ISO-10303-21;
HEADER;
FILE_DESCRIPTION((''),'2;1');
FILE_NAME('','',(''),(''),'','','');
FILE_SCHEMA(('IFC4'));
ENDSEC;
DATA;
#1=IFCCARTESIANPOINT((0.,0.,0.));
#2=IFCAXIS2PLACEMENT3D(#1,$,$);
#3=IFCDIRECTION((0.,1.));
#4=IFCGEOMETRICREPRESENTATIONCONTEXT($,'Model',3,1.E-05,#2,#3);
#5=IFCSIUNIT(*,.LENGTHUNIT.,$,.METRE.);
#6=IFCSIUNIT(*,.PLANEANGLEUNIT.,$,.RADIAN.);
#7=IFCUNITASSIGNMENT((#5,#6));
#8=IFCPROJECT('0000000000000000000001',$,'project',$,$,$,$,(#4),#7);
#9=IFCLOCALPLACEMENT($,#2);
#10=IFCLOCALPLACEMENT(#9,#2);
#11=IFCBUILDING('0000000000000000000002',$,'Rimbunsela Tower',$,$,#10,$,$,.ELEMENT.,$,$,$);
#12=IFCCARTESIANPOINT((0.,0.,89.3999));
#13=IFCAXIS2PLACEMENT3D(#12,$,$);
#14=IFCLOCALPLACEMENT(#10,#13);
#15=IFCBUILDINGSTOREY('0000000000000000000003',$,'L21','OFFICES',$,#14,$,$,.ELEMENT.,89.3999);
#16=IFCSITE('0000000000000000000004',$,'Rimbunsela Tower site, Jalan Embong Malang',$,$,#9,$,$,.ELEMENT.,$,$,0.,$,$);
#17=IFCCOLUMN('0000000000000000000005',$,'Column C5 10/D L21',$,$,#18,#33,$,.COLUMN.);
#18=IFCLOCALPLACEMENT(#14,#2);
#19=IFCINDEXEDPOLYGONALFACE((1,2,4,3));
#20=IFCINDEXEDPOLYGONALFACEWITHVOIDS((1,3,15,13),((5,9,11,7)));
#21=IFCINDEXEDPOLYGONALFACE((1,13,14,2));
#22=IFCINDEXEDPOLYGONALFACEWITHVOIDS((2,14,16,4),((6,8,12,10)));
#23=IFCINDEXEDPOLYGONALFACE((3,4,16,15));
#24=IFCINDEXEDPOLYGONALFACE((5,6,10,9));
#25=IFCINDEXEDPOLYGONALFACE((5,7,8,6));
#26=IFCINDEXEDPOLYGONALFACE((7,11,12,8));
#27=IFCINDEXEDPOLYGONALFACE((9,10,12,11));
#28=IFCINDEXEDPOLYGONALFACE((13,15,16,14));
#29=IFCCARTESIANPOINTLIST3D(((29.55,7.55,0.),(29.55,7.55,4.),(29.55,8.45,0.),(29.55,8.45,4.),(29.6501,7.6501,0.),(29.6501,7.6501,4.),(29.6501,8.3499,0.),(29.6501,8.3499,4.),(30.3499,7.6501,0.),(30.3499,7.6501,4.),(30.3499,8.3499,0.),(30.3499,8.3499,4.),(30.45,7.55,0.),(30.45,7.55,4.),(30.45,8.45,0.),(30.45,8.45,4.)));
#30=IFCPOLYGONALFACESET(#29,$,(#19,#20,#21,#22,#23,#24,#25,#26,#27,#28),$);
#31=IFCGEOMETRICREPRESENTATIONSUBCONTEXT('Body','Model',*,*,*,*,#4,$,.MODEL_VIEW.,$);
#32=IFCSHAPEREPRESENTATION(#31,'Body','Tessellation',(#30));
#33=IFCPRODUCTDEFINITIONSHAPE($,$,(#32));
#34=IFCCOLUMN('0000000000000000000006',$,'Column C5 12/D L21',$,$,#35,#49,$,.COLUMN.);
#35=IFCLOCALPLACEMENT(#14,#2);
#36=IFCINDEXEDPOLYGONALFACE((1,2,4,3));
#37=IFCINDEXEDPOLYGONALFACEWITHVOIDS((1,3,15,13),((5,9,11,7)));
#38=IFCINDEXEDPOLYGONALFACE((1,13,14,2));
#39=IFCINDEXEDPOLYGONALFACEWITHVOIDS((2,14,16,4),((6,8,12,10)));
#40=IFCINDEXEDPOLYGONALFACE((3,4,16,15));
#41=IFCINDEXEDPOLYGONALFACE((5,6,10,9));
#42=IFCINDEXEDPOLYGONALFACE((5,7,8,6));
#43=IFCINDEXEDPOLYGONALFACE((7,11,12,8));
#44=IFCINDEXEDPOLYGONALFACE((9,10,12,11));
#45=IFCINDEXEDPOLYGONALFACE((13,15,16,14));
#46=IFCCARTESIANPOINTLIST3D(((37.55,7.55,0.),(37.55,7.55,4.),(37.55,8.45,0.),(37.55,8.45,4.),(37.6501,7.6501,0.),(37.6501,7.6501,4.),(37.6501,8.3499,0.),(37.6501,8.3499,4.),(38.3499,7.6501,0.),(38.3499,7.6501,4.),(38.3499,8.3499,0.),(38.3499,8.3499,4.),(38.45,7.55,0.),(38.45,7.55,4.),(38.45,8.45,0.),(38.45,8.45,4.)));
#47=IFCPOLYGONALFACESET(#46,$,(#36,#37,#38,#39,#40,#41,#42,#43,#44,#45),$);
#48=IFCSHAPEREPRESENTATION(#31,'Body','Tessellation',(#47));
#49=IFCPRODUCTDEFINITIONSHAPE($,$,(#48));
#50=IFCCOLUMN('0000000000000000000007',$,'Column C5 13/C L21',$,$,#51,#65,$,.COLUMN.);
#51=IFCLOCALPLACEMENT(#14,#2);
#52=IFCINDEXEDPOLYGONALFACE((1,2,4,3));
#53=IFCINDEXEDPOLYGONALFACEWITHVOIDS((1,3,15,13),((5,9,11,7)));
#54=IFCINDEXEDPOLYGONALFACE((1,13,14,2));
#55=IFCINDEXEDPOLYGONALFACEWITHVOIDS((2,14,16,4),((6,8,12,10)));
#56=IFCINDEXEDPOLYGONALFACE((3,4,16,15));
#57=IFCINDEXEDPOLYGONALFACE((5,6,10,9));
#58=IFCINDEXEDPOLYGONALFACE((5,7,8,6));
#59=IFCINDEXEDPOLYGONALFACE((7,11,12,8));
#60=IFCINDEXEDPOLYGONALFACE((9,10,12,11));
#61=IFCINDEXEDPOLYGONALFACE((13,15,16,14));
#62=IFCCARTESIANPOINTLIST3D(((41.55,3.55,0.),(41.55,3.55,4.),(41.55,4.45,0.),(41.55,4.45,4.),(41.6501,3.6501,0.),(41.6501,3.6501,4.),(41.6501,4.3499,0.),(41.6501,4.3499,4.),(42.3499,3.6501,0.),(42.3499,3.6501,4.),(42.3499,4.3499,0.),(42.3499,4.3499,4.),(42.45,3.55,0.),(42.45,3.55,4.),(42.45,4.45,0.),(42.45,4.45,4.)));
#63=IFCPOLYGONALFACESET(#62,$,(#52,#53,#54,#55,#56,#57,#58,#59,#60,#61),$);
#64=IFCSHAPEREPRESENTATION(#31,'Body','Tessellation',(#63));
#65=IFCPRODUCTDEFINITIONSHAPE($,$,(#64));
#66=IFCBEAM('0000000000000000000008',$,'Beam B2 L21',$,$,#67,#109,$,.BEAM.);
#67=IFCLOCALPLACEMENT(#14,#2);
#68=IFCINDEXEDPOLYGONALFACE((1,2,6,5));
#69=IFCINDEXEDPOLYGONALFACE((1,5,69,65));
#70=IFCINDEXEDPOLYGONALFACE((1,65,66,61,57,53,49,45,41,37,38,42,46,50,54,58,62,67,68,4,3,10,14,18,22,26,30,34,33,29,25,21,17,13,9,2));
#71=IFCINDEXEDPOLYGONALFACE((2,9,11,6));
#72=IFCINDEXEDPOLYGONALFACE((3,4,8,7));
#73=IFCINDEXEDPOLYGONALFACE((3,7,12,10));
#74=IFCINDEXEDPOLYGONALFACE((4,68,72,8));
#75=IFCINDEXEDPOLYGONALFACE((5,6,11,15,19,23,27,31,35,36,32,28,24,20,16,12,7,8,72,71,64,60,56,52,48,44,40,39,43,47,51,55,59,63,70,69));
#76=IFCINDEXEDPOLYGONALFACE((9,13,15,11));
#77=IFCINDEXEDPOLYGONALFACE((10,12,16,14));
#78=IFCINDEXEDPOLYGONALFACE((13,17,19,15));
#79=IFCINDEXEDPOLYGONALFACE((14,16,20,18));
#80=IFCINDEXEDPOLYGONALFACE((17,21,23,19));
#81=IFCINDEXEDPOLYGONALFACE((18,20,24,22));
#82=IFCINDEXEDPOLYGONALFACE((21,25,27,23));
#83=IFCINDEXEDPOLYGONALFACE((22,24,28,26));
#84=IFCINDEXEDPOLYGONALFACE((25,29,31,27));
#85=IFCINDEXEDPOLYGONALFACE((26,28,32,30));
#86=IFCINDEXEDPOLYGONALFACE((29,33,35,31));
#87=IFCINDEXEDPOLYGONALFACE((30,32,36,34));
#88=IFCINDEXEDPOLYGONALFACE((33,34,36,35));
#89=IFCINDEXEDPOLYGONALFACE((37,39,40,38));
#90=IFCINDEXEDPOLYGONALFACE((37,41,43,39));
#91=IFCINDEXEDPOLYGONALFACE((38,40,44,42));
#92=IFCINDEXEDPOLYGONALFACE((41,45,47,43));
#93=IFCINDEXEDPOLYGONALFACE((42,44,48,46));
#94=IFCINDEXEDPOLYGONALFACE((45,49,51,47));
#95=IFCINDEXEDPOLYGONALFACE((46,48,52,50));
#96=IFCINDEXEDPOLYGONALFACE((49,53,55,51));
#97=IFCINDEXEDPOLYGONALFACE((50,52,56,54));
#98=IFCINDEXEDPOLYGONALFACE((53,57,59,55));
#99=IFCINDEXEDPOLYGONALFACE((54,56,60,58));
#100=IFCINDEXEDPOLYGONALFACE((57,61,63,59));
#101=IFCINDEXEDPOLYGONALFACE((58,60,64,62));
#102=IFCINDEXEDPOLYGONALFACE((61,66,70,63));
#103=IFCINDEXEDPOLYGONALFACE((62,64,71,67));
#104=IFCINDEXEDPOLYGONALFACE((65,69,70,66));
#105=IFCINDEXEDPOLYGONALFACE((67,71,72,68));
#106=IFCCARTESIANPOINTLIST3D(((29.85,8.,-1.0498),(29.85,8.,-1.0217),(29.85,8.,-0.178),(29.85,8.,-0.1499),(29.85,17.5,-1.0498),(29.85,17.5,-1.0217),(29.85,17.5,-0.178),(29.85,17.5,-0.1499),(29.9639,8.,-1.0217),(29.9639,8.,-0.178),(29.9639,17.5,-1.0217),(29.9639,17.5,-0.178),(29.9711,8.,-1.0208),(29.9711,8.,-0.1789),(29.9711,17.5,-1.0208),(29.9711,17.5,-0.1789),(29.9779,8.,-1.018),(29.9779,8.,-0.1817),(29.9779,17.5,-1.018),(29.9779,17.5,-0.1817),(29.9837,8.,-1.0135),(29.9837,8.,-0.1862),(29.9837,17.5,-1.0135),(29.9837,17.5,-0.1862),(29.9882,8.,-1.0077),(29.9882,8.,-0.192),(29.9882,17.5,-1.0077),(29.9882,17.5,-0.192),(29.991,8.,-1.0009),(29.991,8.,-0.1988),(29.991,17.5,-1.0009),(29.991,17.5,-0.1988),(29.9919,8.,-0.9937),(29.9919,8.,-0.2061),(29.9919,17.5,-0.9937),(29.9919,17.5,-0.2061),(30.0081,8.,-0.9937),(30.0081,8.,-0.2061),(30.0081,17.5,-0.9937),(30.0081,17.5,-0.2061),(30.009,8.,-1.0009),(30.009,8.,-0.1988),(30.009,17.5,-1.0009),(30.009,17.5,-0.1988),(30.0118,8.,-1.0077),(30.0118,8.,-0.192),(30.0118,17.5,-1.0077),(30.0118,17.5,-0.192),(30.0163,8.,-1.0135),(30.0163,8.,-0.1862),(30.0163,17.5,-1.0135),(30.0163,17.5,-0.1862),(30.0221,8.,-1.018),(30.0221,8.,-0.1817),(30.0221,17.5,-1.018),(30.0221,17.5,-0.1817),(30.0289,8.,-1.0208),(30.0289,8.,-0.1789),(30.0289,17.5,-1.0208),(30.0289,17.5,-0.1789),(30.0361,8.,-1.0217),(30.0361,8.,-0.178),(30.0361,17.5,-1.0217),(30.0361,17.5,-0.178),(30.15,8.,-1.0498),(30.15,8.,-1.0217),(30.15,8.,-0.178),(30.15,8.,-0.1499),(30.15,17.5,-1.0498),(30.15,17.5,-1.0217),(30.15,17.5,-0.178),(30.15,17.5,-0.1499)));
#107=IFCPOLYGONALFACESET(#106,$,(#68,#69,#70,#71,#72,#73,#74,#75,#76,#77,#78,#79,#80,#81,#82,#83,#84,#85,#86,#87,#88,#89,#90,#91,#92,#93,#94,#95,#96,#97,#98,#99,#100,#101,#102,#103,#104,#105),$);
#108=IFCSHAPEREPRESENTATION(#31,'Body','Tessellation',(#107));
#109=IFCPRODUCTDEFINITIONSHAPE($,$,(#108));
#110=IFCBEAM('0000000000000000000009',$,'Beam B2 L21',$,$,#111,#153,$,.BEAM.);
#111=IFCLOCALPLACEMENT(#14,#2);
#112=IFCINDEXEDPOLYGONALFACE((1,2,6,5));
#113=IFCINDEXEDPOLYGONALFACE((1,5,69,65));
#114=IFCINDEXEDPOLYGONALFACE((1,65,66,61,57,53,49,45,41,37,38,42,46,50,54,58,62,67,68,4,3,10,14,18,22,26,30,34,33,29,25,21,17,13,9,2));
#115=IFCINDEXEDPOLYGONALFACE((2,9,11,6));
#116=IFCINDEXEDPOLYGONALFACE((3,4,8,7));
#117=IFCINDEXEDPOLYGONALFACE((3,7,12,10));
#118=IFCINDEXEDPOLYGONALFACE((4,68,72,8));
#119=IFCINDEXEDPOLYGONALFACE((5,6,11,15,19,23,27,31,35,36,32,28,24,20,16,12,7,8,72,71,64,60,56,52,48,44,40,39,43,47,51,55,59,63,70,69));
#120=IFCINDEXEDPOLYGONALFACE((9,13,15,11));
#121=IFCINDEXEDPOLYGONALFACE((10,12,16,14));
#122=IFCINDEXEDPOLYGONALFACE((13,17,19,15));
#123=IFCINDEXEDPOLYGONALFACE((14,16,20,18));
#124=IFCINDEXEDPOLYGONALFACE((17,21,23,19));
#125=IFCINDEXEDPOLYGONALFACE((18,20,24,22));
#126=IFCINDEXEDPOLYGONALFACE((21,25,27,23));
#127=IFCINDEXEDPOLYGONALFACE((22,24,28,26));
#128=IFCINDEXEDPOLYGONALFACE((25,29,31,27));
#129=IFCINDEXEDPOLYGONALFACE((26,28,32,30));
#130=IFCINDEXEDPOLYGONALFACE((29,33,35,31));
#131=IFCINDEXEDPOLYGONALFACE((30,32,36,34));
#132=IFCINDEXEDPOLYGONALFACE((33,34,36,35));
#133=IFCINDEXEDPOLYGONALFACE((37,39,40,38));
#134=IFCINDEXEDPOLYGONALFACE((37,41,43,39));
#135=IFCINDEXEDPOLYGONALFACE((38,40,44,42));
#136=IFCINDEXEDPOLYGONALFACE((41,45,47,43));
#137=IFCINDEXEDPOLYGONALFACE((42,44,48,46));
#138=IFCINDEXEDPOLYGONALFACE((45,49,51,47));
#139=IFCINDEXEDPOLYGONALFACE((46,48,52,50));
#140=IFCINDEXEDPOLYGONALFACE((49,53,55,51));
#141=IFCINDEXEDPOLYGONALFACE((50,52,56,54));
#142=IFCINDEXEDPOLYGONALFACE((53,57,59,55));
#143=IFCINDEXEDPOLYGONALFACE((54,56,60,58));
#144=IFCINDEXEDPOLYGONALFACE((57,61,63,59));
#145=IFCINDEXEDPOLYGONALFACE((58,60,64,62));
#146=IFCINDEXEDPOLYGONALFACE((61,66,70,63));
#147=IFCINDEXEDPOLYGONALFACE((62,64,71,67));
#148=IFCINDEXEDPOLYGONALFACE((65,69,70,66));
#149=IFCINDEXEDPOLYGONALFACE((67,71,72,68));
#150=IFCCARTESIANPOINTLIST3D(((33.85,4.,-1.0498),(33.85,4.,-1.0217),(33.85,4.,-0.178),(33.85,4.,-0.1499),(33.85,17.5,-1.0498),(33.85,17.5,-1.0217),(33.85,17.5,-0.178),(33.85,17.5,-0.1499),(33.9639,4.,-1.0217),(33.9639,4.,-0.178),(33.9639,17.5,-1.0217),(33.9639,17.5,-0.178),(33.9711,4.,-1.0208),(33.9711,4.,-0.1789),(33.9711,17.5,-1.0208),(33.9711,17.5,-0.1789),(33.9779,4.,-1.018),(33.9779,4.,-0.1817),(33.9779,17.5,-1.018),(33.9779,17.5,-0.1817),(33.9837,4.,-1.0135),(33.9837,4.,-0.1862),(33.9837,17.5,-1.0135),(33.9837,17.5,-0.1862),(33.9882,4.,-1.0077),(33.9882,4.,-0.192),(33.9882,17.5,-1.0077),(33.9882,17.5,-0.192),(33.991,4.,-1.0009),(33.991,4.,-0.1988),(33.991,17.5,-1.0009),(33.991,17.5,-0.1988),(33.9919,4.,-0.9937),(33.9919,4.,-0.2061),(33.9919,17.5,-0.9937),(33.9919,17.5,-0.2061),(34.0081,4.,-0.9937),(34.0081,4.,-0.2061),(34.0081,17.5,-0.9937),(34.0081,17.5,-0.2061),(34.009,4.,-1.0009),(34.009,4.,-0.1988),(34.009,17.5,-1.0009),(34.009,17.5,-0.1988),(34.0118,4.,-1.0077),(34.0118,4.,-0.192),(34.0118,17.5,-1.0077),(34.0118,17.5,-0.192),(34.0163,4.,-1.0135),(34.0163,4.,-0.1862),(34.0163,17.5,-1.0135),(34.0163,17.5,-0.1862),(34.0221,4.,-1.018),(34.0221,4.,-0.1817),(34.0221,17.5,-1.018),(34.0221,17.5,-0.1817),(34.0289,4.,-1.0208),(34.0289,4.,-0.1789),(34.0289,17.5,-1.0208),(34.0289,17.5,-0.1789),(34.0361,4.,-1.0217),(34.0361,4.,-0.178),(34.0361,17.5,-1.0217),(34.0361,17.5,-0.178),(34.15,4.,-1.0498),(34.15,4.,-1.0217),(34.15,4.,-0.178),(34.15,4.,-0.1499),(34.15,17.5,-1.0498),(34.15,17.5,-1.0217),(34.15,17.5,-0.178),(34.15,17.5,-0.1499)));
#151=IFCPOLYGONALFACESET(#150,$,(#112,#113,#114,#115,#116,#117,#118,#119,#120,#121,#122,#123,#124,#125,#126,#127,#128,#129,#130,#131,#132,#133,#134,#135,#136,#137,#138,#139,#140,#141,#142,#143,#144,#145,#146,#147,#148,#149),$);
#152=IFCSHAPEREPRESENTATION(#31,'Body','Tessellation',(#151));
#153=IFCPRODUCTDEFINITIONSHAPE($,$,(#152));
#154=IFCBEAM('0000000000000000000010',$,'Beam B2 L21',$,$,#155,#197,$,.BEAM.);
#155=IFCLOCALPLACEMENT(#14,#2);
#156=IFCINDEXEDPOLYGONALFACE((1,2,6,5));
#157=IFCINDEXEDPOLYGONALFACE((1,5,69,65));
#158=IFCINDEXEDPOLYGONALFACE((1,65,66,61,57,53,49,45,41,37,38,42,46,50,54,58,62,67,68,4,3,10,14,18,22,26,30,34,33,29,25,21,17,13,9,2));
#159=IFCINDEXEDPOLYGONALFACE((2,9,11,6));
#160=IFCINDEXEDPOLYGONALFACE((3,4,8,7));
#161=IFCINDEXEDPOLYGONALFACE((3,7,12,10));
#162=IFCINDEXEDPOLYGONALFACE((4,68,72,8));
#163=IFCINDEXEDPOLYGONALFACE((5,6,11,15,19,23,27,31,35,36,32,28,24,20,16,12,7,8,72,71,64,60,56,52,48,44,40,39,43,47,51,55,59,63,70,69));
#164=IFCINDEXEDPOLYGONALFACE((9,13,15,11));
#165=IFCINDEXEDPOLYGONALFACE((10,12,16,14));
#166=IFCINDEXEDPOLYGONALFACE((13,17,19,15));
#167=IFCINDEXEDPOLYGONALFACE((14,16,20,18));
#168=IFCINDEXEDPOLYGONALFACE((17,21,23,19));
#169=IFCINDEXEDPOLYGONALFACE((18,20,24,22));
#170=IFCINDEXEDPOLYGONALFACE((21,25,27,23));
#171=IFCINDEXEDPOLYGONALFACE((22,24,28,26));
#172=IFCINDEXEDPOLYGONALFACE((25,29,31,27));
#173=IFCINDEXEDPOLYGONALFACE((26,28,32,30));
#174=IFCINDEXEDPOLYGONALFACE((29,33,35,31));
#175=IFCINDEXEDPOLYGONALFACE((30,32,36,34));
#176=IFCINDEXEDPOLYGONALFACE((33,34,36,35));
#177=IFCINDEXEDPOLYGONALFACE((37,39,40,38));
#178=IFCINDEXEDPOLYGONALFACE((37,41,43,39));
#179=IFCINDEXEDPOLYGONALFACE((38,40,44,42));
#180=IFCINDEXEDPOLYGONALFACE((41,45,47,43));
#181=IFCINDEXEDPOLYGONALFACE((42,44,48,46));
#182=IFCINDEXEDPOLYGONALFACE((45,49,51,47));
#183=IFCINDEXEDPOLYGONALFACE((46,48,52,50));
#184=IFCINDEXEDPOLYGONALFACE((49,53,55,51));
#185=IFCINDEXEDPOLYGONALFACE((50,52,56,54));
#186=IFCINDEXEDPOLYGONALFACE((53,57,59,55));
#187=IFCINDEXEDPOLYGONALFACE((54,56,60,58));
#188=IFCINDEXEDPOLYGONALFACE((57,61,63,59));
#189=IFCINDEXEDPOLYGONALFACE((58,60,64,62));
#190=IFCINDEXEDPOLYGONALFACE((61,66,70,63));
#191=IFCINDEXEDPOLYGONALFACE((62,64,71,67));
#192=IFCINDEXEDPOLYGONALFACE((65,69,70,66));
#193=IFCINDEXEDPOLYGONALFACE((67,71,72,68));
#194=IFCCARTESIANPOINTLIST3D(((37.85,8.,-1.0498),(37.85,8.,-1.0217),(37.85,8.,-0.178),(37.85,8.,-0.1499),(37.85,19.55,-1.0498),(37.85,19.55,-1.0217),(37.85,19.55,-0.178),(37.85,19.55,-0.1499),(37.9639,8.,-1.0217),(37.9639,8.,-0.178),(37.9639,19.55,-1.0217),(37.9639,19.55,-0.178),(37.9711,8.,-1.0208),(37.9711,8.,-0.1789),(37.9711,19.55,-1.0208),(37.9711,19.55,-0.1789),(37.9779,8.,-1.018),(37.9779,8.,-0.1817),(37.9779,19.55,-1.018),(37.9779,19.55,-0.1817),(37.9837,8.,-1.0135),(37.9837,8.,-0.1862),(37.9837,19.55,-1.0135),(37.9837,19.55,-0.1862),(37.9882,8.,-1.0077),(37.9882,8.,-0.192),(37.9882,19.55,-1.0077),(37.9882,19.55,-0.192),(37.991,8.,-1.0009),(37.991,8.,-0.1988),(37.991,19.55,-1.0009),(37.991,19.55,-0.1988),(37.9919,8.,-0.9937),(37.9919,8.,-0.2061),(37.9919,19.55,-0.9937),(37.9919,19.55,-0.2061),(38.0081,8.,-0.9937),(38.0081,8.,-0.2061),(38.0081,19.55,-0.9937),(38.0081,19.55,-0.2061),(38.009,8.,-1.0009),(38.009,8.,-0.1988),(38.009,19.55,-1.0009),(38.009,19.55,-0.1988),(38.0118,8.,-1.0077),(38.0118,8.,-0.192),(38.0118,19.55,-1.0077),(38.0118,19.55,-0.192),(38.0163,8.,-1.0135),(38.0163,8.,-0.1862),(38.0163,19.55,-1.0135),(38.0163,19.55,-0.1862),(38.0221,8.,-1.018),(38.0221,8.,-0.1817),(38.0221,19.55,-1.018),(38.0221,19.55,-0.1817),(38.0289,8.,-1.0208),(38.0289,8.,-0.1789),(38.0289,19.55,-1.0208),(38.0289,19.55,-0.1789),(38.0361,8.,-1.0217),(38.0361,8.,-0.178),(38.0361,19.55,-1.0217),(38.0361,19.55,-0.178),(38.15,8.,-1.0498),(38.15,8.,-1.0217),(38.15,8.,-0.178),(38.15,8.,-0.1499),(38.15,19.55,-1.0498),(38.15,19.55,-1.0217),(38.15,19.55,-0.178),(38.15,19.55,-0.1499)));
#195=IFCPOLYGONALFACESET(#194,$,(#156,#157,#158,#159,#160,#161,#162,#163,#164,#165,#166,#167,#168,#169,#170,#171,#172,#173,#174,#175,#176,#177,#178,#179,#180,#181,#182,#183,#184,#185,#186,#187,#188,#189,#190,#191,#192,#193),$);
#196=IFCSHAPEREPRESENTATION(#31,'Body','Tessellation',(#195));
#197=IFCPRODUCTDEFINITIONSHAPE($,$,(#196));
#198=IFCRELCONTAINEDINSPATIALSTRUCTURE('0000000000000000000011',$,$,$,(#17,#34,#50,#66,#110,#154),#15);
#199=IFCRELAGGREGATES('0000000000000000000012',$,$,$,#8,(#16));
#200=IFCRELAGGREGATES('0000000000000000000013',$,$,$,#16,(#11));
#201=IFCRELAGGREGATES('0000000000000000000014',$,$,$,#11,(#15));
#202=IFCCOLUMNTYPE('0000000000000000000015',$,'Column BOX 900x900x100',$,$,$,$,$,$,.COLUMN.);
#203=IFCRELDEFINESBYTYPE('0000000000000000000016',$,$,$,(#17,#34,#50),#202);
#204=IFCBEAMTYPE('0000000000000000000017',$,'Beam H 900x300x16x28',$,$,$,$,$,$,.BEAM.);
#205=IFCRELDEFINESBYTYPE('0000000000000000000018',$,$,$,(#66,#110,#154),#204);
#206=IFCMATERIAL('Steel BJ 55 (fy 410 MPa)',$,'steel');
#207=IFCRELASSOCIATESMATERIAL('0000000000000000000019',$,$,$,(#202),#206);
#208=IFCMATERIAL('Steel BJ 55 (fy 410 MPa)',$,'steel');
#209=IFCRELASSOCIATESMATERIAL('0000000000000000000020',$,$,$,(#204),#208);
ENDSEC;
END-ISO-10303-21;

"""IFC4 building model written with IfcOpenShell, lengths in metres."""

from ifc_helpers import new_model, si_unit, direction, frame, origin, origin_2d, place, context, subcontext, project, spatial, hollow_rectangle, i_section, extrude, material, material_profile, profile_set, type_object, element, save


model = new_model("IFC4")

# Units and contexts
model_context = context("Model", 3, precision=1e-05, world=origin(), true_north=direction((0.0, 1.0)))
body_context = subcontext(model_context, "Body", "Model", "MODEL_VIEW")
ifc_project = project(units=[si_unit("LENGTHUNIT", "METRE"), si_unit("PLANEANGLEUNIT", "RADIAN")], contexts=[model_context])

# Site, building, storey
site_placement = place(None, origin())
site = spatial("IfcSite", under=ifc_project, at=site_placement, Name="Rimbunsela Tower site, Jalan Embong Malang", CompositionType="ELEMENT", RefElevation=0.0)
building_placement = place(site_placement, origin())
building = spatial("IfcBuilding", under=site, at=building_placement, Name="Rimbunsela Tower", CompositionType="ELEMENT")
storey_placement = place(building_placement, frame((0.0, 0.0, 89.3999)))
storey = spatial("IfcBuildingStorey", under=building, at=storey_placement, Name="L21", Description="OFFICES", CompositionType="ELEMENT", Elevation=89.3999)

# Columns
ifc_material_1 = material(Name="Steel BJ 55 (fy 410 MPa)", Category="steel")
ifc_material_profile_1 = material_profile(ifc_material_1, hollow_rectangle(XDim=0.8999, YDim=0.8999, WallThickness=0.1001, at=origin_2d()), Name="BOX 900x900x100")
ifc_profile_set_1 = profile_set([ifc_material_profile_1], Name="Steel BJ 55 (fy 410 MPa)")
column_type = type_object("IfcColumnType", Name="Column BOX 900x900x100", PredefinedType="COLUMN", material=ifc_profile_set_1)
for number, where, z_axis, x_axis, name in (
    (1, (30.0, 8.0, 0.0), (0.0, 0.0, 1.0), (1.0, 0.0, 0.0), "Column C5 10/D L21"),
    (2, (38.0, 8.0, 0.0), (0.0, 0.0, 1.0), (1.0, 0.0, 0.0), "Column C5 12/D L21"),
    (3, (42.0, 4.0, 0.0), (0.0, 0.0, 1.0), (1.0, 0.0, 0.0), "Column C5 13/C L21"),
):
    element("IfcColumn", number, at=place(storey_placement, frame(where, z_axis=z_axis, x_axis=x_axis)), inside=storey, type_object=column_type, Name=name, PredefinedType="COLUMN", context=body_context, shape_type="SweptSolid", body=[
        extrude(hollow_rectangle(XDim=0.8999, YDim=0.8999, WallThickness=0.1001, at=origin_2d()), origin(), (0.0, 0.0, 1.0), 4.0),
    ])

# Beams
ifc_material_2 = material(Name="Steel BJ 55 (fy 410 MPa)", Category="steel")
ifc_material_profile_2 = material_profile(ifc_material_2, i_section(OverallWidth=0.3, OverallDepth=0.8999, WebThickness=0.0161, FlangeThickness=0.0281, FilletRadius=0.0281, at=origin_2d()), Name="H 900x300x16x28")
ifc_profile_set_2 = profile_set([ifc_material_profile_2], Name="Steel BJ 55 (fy 410 MPa)")
beam_type = type_object("IfcBeamType", Name="Beam H 900x300x16x28", PredefinedType="BEAM", material=ifc_profile_set_2)
beam_1_placement = place(storey_placement, frame((30.0, 8.0, -0.5999), z_axis=(0.0, 1.0, 0.0), x_axis=(-1.0, 0.0, 0.0)))
element("IfcBeam", 4, at=beam_1_placement, inside=storey, type_object=beam_type, Name="Beam B2 L21", PredefinedType="BEAM", context=body_context, shape_type="SweptSolid", body=[
    extrude(i_section(OverallWidth=0.3, OverallDepth=0.8999, WebThickness=0.0161, FlangeThickness=0.0281, FilletRadius=0.0281, at=origin_2d()), origin(), (0.0, 0.0, 1.0), 9.5),
])
beam_2_placement = place(storey_placement, frame((34.0, 4.0, -0.5999), z_axis=(0.0, 1.0, 0.0), x_axis=(-1.0, 0.0, 0.0)))
element("IfcBeam", 5, at=beam_2_placement, inside=storey, type_object=beam_type, Name="Beam B2 L21", PredefinedType="BEAM", context=body_context, shape_type="SweptSolid", body=[
    extrude(i_section(OverallWidth=0.3, OverallDepth=0.8999, WebThickness=0.0161, FlangeThickness=0.0281, FilletRadius=0.0281, at=origin_2d()), origin(), (0.0, 0.0, 1.0), 13.5),
])
beam_3_placement = place(storey_placement, frame((38.0, 8.0, -0.5999), z_axis=(0.0, 1.0, 0.0), x_axis=(-1.0, 0.0, 0.0)))
element("IfcBeam", 6, at=beam_3_placement, inside=storey, type_object=beam_type, Name="Beam B2 L21", PredefinedType="BEAM", context=body_context, shape_type="SweptSolid", body=[
    extrude(i_section(OverallWidth=0.3, OverallDepth=0.8999, WebThickness=0.0161, FlangeThickness=0.0281, FilletRadius=0.0281, at=origin_2d()), origin(), (0.0, 0.0, 1.0), 11.55),
])

save(model, "model.ifc")
